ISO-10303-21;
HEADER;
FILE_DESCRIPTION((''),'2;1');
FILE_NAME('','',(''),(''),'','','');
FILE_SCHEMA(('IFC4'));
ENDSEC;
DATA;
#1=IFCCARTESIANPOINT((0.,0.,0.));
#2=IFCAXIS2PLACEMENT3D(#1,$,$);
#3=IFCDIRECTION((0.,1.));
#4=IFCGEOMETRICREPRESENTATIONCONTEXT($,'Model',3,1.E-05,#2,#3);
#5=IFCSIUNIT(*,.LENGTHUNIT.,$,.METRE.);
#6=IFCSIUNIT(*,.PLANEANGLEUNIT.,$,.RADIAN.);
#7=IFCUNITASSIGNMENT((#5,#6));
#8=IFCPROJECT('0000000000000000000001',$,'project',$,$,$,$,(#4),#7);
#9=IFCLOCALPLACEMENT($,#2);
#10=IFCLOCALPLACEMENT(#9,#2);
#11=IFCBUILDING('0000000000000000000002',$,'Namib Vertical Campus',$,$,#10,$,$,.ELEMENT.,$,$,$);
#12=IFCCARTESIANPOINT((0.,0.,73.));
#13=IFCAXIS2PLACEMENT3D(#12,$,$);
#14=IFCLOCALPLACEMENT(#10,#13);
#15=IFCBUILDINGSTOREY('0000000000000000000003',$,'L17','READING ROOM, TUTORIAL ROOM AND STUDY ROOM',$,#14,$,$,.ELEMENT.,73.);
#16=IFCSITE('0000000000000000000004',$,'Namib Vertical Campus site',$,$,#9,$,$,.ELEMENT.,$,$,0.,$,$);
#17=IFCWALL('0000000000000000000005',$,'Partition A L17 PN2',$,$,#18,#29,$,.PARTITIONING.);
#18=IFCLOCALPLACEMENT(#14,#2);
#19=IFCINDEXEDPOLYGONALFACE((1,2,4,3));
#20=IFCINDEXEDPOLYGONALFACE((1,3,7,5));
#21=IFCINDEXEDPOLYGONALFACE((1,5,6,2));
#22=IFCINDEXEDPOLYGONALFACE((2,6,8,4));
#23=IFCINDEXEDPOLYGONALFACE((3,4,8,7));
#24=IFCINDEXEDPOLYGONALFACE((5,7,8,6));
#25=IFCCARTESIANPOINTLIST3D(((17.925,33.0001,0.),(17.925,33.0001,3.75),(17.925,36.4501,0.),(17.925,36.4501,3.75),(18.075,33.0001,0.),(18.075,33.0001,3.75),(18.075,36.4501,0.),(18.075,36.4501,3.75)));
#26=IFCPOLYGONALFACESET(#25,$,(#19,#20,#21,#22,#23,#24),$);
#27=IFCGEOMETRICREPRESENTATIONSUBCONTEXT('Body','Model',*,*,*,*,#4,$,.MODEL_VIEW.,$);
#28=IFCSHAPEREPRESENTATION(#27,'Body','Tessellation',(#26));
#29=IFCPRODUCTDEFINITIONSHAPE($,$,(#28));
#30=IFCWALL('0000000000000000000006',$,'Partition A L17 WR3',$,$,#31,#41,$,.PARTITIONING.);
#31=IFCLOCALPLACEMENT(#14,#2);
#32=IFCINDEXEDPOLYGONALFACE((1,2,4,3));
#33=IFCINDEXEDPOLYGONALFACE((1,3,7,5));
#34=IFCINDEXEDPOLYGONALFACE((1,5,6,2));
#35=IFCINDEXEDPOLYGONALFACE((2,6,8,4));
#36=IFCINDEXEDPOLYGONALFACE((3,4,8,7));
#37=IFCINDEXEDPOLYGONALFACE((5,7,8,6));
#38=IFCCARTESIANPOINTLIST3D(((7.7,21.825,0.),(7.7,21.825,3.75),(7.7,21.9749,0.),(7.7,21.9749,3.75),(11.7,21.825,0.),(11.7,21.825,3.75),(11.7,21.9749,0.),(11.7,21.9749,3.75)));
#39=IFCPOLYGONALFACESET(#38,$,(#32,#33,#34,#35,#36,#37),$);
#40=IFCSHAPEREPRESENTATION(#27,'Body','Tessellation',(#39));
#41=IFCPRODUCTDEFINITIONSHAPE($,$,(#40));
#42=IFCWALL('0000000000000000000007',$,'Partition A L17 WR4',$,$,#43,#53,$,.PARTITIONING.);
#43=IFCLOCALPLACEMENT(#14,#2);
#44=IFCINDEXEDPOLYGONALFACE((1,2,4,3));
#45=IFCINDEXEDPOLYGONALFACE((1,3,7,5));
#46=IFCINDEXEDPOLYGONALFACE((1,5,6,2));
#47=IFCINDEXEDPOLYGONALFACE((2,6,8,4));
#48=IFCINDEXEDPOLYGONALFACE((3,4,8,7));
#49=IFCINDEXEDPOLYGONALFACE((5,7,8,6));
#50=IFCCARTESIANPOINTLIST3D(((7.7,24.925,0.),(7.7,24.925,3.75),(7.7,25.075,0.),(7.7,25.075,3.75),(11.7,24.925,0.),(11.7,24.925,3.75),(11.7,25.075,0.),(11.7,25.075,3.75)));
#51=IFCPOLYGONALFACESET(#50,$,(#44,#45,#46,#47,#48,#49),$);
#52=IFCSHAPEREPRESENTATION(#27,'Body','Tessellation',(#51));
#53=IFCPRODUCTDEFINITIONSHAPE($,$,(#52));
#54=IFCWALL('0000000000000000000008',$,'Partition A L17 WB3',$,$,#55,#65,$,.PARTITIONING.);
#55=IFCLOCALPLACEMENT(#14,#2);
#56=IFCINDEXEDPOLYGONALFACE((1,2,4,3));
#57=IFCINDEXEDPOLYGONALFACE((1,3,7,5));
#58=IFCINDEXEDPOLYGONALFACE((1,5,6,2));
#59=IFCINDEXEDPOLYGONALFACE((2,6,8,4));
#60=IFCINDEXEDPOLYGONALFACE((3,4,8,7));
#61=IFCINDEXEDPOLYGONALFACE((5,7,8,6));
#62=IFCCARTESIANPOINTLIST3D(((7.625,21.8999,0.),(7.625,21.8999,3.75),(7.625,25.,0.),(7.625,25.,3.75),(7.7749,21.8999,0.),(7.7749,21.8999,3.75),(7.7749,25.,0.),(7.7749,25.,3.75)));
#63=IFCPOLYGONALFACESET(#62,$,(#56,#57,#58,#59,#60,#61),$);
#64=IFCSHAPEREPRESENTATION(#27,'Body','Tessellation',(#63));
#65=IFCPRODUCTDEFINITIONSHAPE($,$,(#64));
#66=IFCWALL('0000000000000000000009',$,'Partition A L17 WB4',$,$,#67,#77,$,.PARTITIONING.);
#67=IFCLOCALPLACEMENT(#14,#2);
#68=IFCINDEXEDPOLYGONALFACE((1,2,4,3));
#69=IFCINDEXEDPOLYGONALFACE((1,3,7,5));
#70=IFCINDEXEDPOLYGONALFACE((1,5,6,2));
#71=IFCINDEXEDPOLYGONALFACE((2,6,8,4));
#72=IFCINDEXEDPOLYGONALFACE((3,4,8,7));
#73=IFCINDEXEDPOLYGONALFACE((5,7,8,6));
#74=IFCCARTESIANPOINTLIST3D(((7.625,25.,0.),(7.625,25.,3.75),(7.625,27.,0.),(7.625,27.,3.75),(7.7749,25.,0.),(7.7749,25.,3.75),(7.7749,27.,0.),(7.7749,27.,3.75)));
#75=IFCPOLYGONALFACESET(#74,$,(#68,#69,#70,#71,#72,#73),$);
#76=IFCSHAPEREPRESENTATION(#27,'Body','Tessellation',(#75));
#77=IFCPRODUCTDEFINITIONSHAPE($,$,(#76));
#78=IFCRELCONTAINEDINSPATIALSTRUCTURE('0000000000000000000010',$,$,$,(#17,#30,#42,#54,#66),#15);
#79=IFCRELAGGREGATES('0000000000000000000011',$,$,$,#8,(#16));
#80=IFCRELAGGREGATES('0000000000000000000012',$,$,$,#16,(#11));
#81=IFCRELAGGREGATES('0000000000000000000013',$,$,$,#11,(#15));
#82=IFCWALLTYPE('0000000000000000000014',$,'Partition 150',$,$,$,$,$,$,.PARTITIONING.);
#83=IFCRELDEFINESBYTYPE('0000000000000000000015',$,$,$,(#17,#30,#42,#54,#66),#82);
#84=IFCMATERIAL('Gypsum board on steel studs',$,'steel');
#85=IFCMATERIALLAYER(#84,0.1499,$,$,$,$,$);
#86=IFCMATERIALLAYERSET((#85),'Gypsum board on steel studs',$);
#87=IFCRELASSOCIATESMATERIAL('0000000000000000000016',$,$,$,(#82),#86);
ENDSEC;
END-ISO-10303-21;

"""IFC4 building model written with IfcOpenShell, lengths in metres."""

from ifc_helpers import new_model, si_unit, direction, frame, frame_2d, origin, place, context, subcontext, project, spatial, rectangle, extrude, material, layer, layer_set, type_object, element, save


model = new_model("IFC4")

# Units and contexts
model_context = context("Model", 3, precision=1e-05, world=origin(), true_north=direction((0.0, 1.0)))
body_context = subcontext(model_context, "Body", "Model", "MODEL_VIEW")
ifc_project = project(units=[si_unit("LENGTHUNIT", "METRE"), si_unit("PLANEANGLEUNIT", "RADIAN")], contexts=[model_context])

# Site, building, storey
site_placement = place(None, origin())
site = spatial("IfcSite", under=ifc_project, at=site_placement, Name="Namib Vertical Campus site", CompositionType="ELEMENT", RefElevation=0.0)
building_placement = place(site_placement, origin())
building = spatial("IfcBuilding", under=site, at=building_placement, Name="Namib Vertical Campus", CompositionType="ELEMENT")
storey_placement = place(building_placement, frame((0.0, 0.0, 73.0)))
storey = spatial("IfcBuildingStorey", under=building, at=storey_placement, Name="L17", Description="READING ROOM, TUTORIAL ROOM AND STUDY ROOM", CompositionType="ELEMENT", Elevation=73.0)

# Walls
ifc_material_1 = material(Name="Gypsum board on steel studs", Category="steel")
ifc_layer_1 = layer(ifc_material_1, 0.1499)
ifc_layer_set_1 = layer_set([ifc_layer_1], Name="Gypsum board on steel studs")
wall_type_1 = type_object("IfcWallType", Name="Partition 150", PredefinedType="PARTITIONING", material=ifc_layer_set_1)
wall_1_placement = place(storey_placement, frame((18.0, 33.0, 0.0), z_axis=(0.0, 0.0, 1.0), x_axis=(0.0, 1.0, 0.0)))
element("IfcWall", 1, at=wall_1_placement, inside=storey, type_object=wall_type_1, Name="Partition A L17 PN2", PredefinedType="PARTITIONING", context=body_context, shape_type="SweptSolid", body=[
    extrude(rectangle(XDim=3.45, YDim=0.1499, at=frame_2d((1.7251, 0.0))), origin(), (0.0, 0.0, 1.0), 3.75),
])
for number, where, z_axis, x_axis, name in (
    (2, (11.7, 21.8999, 0.0), (0.0, 0.0, 1.0), (-1.0, 0.0, 0.0), "Partition A L17 WR3"),
    (3, (11.7, 25.0, 0.0), (0.0, 0.0, 1.0), (-1.0, 0.0, 0.0), "Partition A L17 WR4"),
):
    element("IfcWall", number, at=place(storey_placement, frame(where, z_axis=z_axis, x_axis=x_axis)), inside=storey, type_object=wall_type_1, Name=name, PredefinedType="PARTITIONING", context=body_context, shape_type="SweptSolid", body=[
        extrude(rectangle(XDim=4.0, YDim=0.1499, at=frame_2d((2.0, 0.0))), origin(), (0.0, 0.0, 1.0), 3.75),
    ])
wall_2_placement = place(storey_placement, frame((7.7, 21.8999, 0.0), z_axis=(0.0, 0.0, 1.0), x_axis=(0.0, 1.0, 0.0)))
element("IfcWall", 4, at=wall_2_placement, inside=storey, type_object=wall_type_1, Name="Partition A L17 WB3", PredefinedType="PARTITIONING", context=body_context, shape_type="SweptSolid", body=[
    extrude(rectangle(XDim=3.1001, YDim=0.1499, at=frame_2d((1.55, 0.0))), origin(), (0.0, 0.0, 1.0), 3.75),
])
wall_3_placement = place(storey_placement, frame((7.7, 25.0, 0.0), z_axis=(0.0, 0.0, 1.0), x_axis=(0.0, 1.0, 0.0)))
element("IfcWall", 5, at=wall_3_placement, inside=storey, type_object=wall_type_1, Name="Partition A L17 WB4", PredefinedType="PARTITIONING", context=body_context, shape_type="SweptSolid", body=[
    extrude(rectangle(XDim=2.0, YDim=0.1499, at=frame_2d((1.0, 0.0))), origin(), (0.0, 0.0, 1.0), 3.75),
])

save(model, "model.ifc")
